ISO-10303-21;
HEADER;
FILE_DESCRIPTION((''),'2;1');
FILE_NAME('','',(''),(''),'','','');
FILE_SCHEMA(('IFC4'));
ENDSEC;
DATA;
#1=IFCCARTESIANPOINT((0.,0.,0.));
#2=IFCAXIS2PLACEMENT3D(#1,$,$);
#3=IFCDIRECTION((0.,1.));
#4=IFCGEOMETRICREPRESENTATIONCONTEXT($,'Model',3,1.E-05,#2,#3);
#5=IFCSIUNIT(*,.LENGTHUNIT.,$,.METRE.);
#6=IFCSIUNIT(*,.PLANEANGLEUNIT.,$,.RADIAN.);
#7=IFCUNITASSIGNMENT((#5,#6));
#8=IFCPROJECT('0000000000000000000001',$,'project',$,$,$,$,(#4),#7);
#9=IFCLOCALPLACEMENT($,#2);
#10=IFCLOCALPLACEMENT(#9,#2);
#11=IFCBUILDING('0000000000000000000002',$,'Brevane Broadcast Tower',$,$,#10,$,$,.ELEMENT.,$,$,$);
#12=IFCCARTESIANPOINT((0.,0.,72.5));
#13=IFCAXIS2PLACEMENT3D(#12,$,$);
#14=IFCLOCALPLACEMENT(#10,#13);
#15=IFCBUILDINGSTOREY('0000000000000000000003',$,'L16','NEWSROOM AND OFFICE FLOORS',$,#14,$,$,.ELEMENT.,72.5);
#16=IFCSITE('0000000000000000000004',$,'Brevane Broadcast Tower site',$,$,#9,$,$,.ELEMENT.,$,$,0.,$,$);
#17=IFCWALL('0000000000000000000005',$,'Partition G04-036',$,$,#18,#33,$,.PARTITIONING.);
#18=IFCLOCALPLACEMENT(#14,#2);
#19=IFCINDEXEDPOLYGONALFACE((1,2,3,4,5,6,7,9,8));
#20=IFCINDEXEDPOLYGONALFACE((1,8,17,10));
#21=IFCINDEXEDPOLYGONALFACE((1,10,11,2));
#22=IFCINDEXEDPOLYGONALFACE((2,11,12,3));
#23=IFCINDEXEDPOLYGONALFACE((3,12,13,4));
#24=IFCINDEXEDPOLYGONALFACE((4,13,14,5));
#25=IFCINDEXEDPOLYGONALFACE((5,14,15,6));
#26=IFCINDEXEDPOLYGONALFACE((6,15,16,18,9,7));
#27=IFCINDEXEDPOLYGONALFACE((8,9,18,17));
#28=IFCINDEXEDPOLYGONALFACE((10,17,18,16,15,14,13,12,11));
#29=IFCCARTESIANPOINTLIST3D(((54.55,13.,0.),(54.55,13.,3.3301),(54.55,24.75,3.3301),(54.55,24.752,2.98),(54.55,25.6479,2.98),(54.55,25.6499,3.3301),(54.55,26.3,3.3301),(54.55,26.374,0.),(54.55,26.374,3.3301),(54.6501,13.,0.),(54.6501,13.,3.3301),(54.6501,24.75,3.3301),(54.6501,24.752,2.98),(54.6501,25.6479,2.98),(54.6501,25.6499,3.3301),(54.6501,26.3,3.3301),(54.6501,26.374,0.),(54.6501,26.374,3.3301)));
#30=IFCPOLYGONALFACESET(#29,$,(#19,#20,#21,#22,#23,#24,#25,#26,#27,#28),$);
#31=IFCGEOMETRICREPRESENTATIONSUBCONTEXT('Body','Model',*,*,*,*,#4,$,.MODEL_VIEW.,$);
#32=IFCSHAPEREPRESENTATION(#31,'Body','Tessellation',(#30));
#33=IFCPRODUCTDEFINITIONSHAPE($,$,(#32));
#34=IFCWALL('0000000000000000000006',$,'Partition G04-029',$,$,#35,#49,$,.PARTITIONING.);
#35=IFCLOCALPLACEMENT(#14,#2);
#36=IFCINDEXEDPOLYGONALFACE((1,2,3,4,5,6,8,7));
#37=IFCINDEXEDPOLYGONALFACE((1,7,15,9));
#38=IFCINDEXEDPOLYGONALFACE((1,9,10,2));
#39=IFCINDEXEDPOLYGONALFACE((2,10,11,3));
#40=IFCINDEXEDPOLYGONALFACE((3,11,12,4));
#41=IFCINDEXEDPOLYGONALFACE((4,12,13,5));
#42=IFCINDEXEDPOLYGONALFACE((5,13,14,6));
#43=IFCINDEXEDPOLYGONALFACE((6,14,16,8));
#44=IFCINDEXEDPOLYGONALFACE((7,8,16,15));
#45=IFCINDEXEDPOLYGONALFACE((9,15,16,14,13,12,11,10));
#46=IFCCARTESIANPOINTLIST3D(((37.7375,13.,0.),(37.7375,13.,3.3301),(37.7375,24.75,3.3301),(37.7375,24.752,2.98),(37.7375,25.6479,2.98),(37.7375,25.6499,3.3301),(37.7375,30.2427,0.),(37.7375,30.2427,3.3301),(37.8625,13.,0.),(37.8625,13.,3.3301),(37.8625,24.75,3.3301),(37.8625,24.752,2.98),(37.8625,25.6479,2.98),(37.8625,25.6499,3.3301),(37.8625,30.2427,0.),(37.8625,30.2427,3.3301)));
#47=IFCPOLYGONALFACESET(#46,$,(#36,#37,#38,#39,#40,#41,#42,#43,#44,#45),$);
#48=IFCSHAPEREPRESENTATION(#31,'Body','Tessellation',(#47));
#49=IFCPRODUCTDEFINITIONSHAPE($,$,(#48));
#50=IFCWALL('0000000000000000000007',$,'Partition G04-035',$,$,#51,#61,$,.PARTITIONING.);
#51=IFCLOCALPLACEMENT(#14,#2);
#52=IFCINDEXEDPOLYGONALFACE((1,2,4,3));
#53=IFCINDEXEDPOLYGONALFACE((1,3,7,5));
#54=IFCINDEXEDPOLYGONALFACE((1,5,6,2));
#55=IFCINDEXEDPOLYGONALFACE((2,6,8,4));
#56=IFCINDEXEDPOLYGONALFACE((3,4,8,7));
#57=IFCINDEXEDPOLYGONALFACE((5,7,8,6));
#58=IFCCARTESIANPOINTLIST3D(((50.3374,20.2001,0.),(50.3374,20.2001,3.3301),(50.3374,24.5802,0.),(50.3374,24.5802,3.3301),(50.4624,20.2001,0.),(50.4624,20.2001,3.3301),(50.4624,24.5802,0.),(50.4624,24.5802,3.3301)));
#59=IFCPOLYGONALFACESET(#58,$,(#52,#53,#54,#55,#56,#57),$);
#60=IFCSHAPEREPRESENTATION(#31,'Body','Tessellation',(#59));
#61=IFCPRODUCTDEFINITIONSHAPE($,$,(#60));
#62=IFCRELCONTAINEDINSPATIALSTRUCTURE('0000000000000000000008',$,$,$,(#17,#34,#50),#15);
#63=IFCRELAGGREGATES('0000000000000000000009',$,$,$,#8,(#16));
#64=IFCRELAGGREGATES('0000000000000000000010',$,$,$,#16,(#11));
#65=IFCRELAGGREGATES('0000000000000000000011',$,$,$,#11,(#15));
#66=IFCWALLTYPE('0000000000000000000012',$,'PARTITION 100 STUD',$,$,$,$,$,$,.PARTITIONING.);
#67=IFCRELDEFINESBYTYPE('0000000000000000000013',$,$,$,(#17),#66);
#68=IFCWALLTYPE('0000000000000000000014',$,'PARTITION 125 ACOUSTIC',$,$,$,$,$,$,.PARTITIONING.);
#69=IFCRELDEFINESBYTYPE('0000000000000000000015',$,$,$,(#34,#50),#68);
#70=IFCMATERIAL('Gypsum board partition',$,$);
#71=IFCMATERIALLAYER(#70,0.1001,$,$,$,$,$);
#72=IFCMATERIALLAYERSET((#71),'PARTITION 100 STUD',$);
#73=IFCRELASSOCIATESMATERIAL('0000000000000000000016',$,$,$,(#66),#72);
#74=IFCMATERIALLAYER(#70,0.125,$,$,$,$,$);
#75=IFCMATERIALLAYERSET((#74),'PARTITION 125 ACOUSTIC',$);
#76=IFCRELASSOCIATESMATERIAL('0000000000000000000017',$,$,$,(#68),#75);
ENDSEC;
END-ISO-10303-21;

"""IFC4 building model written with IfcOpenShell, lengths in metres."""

from ifc_helpers import new_model, si_unit, direction, frame, frame_2d, origin, place, context, subcontext, project, spatial, polyline, rectangle, outline, extrude, material, layer, layer_set, type_object, element, save


model = new_model("IFC4")

# Units and contexts
model_context = context("Model", 3, precision=1e-05, world=origin(), true_north=direction((0.0, 1.0)))
body_context = subcontext(model_context, "Body", "Model", "MODEL_VIEW")
ifc_project = project(units=[si_unit("LENGTHUNIT", "METRE"), si_unit("PLANEANGLEUNIT", "RADIAN")], contexts=[model_context])

# Site, building, storey
site_placement = place(None, origin())
site = spatial("IfcSite", under=ifc_project, at=site_placement, Name="Brevane Broadcast Tower site", CompositionType="ELEMENT", RefElevation=0.0)
building_placement = place(site_placement, origin())
building = spatial("IfcBuilding", under=site, at=building_placement, Name="Brevane Broadcast Tower", CompositionType="ELEMENT")
storey_placement = place(building_placement, frame((0.0, 0.0, 72.5)))
storey = spatial("IfcBuildingStorey", under=building, at=storey_placement, Name="L16", Description="NEWSROOM AND OFFICE FLOORS", CompositionType="ELEMENT", Elevation=72.5)

# Shared definitions
ifc_material_1 = material(Name="Gypsum board partition")
ifc_layer_1 = layer(ifc_material_1, 0.1001)
ifc_layer_set_1 = layer_set([ifc_layer_1], Name="PARTITION 100 STUD")
wall_type_1 = type_object("IfcWallType", Name="PARTITION 100 STUD", PredefinedType="PARTITIONING", material=ifc_layer_set_1)

# Walls
wall_1_placement = place(storey_placement, frame((54.6001, 26.374, 0.0), z_axis=(0.0, 0.0, 1.0), x_axis=(0.0, -1.0, 0.0)))
element("IfcWall", 1, at=wall_1_placement, inside=storey, type_object=wall_type_1, Name="Partition G04-036", PredefinedType="PARTITIONING", context=body_context, shape_type="SweptSolid", body=[
    extrude(outline(polyline([(0.0, 0.0), (13.374, 0.0), (13.374, 3.3301), (1.624, 3.3301), (1.6221, 2.98), (0.7261, 2.98), (0.7241, 3.3301), (0.074, 3.3301), (0.0, 3.3301), (0.0, 0.0)])), frame((0.0, 0.05, 0.0), z_axis=(0.0, -1.0, 0.0), x_axis=(1.0, 0.0, 0.0)), (0.0, 0.0, 1.0), 0.1001),
])
ifc_layer_2 = layer(ifc_material_1, 0.125)
ifc_layer_set_2 = layer_set([ifc_layer_2], Name="PARTITION 125 ACOUSTIC")
wall_type_2 = type_object("IfcWallType", Name="PARTITION 125 ACOUSTIC", PredefinedType="PARTITIONING", material=ifc_layer_set_2)
wall_2_placement = place(storey_placement, frame((37.8, 30.2427, 0.0), z_axis=(0.0, 0.0, 1.0), x_axis=(0.0, -1.0, 0.0)))
element("IfcWall", 2, at=wall_2_placement, inside=storey, type_object=wall_type_2, Name="Partition G04-029", PredefinedType="PARTITIONING", context=body_context, shape_type="SweptSolid", body=[
    extrude(outline(polyline([(0.0, 0.0), (17.2427, 0.0), (17.2427, 3.3301), (5.4927, 3.3301), (5.4907, 2.98), (4.5947, 2.98), (4.5928, 3.3301), (0.0, 3.3301), (0.0, 0.0)])), frame((0.0, 0.0625, 0.0), z_axis=(0.0, -1.0, 0.0), x_axis=(1.0, 0.0, 0.0)), (0.0, 0.0, 1.0), 0.125),
])
wall_3_placement = place(storey_placement, frame((50.3999, 24.5801, 0.0), z_axis=(0.0, 0.0, 1.0), x_axis=(0.0, -1.0, 0.0)))
element("IfcWall", 3, at=wall_3_placement, inside=storey, type_object=wall_type_2, Name="Partition G04-035", PredefinedType="PARTITIONING", context=body_context, shape_type="SweptSolid", body=[
    extrude(rectangle(XDim=4.3801, YDim=0.125, at=frame_2d((2.1899, 0.0))), origin(), (0.0, 0.0, 1.0), 3.3301),
])

save(model, "model.ifc")
